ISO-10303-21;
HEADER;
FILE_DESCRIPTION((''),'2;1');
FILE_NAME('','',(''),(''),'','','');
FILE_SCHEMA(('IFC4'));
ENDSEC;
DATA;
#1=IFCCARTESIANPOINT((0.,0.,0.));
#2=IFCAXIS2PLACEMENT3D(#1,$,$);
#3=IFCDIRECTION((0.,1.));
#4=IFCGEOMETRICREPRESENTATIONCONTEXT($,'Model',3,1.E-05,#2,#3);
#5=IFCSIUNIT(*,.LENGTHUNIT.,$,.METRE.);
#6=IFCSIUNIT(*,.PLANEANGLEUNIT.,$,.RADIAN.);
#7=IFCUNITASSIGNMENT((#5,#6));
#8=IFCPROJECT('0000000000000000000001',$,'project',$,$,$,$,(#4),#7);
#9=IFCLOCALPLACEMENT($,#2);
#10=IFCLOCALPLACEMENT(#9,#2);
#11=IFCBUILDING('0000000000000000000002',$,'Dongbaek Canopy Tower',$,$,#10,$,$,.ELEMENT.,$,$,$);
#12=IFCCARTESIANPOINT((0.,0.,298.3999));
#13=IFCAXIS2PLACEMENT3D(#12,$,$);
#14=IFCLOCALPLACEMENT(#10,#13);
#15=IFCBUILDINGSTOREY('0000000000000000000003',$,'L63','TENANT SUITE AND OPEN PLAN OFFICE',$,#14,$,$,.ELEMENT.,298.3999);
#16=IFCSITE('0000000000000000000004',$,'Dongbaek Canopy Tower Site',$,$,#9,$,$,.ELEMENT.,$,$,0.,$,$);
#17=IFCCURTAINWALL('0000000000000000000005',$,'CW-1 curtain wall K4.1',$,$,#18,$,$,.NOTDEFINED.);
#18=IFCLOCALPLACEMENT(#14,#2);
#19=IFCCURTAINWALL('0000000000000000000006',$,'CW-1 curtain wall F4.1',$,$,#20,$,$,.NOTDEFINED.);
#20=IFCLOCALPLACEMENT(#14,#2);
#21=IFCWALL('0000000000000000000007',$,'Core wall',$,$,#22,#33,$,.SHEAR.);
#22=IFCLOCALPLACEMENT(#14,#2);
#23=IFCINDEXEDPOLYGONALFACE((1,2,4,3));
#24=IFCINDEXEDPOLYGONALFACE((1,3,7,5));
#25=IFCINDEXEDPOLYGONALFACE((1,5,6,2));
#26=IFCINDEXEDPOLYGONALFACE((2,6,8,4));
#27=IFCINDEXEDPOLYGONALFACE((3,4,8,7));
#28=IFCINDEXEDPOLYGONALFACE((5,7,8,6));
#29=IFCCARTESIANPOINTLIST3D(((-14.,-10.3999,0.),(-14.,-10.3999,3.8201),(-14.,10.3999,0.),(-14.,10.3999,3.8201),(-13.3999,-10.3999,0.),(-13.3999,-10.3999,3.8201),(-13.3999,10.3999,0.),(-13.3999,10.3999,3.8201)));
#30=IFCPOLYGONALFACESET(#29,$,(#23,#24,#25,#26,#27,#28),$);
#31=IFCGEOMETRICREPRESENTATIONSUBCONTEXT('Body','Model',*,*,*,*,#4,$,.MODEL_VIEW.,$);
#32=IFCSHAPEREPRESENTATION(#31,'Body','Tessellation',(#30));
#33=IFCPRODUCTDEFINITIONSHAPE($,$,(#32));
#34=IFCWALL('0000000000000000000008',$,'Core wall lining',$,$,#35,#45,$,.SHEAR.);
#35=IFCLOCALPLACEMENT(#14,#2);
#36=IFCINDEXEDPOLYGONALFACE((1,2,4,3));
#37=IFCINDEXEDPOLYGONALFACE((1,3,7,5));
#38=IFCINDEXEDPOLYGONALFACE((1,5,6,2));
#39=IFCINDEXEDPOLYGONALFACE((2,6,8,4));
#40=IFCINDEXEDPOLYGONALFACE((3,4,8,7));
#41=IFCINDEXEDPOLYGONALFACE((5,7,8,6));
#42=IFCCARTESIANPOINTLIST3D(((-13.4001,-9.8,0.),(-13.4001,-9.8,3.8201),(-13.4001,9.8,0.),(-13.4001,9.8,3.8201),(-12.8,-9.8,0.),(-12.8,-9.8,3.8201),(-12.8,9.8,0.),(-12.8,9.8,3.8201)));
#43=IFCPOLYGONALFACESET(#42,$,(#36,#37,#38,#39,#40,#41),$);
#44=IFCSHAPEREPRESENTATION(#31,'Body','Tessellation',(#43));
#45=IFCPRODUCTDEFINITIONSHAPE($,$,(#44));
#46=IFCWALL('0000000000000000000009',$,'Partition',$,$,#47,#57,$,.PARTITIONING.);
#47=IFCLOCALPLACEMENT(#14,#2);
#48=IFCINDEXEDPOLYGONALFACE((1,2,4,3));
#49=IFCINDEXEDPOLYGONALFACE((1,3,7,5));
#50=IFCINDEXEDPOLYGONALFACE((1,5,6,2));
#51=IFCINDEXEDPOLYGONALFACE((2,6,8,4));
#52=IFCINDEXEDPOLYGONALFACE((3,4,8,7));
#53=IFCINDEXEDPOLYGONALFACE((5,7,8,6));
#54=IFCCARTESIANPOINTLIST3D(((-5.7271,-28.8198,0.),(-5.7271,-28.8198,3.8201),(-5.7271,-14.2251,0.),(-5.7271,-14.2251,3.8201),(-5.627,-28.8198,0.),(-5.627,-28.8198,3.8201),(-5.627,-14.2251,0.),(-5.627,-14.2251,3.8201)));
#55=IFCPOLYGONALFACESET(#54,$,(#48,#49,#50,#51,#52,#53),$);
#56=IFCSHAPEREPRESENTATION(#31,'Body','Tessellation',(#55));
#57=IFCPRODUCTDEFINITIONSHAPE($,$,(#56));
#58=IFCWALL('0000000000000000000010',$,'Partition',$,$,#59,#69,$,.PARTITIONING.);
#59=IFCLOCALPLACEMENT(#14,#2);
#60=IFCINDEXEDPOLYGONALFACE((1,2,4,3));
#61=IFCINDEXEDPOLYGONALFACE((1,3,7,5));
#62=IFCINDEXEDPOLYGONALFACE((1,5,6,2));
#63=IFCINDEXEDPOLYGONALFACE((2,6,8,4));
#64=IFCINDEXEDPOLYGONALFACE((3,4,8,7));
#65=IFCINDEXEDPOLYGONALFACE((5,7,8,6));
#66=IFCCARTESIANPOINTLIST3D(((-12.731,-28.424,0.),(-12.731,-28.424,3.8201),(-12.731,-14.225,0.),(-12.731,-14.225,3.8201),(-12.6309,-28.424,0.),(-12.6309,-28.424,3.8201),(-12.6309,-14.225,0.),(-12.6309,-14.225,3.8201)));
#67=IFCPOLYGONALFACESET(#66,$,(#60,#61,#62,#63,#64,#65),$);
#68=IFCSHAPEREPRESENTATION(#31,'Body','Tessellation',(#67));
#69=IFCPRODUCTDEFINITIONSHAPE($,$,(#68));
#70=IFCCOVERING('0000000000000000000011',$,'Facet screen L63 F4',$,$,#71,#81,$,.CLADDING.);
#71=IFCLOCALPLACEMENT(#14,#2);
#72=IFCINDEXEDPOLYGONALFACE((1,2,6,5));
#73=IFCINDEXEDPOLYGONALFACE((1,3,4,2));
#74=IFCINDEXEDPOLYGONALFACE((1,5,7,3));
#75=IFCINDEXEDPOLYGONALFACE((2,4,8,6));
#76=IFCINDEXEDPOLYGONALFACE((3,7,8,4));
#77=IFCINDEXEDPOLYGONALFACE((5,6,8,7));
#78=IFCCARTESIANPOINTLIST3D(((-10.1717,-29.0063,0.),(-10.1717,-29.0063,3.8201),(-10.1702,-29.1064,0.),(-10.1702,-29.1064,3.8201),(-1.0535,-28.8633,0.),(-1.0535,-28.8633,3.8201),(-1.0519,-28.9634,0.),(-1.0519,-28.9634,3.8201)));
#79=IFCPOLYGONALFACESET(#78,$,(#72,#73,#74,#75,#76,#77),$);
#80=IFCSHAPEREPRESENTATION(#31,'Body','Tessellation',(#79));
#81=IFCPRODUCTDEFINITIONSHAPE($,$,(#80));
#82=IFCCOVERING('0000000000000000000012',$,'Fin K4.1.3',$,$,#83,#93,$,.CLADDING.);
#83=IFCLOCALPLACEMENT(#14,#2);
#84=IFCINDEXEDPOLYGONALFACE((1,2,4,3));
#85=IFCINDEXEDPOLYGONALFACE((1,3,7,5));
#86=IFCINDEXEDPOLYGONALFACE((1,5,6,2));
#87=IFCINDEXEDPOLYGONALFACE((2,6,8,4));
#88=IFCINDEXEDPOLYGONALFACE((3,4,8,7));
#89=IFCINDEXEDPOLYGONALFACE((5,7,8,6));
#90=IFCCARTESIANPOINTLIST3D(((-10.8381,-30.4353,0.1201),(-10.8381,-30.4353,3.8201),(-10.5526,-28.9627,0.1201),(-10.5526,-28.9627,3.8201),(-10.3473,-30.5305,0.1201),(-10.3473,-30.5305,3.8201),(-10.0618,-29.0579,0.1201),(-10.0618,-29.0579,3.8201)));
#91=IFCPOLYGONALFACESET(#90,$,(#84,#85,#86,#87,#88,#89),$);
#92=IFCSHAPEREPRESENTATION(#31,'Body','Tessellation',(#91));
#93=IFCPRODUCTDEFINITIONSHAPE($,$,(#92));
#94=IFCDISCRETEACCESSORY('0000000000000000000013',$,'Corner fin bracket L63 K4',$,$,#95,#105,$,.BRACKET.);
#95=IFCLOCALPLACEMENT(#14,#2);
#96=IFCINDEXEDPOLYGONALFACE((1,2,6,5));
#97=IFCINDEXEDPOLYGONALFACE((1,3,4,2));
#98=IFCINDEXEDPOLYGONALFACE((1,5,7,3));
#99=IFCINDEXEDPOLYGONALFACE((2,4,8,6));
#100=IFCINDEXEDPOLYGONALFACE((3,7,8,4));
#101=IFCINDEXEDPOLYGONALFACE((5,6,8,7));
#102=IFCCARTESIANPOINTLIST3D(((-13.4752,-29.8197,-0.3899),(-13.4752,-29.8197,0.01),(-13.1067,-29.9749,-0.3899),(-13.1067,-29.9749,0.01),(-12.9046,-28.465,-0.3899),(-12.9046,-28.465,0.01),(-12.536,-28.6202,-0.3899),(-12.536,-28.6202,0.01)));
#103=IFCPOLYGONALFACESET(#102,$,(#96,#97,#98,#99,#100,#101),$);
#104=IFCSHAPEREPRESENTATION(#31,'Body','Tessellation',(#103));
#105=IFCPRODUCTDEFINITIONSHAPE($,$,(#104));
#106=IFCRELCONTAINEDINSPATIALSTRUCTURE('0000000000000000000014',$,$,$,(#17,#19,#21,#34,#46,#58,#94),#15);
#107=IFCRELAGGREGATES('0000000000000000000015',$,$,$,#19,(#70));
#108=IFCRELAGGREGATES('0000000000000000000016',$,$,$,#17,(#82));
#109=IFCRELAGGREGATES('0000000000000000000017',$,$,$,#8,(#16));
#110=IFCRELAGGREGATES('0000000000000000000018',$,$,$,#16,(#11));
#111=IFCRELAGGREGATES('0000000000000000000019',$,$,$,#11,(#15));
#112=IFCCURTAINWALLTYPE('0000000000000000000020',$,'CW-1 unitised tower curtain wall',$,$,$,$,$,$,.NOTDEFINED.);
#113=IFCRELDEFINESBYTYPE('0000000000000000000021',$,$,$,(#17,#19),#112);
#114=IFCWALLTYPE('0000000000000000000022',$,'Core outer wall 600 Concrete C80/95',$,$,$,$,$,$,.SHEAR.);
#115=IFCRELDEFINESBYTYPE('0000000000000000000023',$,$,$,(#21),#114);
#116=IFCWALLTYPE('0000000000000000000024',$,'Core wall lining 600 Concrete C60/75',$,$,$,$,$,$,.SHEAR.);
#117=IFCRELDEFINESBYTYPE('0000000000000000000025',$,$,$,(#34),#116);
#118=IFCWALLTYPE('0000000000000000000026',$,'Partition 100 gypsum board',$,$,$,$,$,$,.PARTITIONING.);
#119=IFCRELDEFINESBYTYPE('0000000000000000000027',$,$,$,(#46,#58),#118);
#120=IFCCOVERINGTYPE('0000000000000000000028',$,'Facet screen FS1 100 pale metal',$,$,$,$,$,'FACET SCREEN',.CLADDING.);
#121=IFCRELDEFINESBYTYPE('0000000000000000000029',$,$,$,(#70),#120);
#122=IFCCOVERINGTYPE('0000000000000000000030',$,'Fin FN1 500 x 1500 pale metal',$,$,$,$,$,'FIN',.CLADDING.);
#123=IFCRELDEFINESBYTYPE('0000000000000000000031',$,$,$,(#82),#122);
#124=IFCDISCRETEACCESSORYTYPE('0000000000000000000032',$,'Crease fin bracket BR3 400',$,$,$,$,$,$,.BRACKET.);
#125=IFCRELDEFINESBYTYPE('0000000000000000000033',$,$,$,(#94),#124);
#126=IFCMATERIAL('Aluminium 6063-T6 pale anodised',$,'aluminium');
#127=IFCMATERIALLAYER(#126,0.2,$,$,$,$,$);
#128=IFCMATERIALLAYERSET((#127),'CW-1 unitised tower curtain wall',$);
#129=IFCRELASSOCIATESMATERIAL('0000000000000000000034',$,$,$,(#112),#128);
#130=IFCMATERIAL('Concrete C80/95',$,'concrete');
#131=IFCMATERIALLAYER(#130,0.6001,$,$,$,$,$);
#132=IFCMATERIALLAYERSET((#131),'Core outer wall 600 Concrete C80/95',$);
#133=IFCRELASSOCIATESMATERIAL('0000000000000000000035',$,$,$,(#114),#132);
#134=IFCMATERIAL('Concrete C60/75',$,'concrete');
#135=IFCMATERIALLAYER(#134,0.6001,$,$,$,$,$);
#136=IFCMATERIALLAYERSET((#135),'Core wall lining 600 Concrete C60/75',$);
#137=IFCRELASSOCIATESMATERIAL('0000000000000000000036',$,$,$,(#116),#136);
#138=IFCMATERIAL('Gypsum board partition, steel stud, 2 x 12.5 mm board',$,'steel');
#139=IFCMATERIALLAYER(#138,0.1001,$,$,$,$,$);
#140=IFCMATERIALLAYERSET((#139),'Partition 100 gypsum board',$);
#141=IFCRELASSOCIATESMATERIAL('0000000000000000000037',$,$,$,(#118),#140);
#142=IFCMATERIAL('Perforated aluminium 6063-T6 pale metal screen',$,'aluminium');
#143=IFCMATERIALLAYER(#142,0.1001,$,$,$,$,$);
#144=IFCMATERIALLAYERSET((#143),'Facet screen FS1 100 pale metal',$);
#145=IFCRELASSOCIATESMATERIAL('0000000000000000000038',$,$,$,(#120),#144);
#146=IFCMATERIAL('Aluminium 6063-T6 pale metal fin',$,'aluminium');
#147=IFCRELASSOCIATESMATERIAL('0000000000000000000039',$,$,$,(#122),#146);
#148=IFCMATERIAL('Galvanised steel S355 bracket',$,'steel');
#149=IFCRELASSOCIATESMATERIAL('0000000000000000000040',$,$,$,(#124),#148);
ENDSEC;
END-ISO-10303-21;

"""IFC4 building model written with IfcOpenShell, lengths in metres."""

from ifc_helpers import new_model, si_unit, direction, frame, frame_2d, origin, origin_2d, place, context, subcontext, project, spatial, rectangle, extrude, material, layer, layer_set, material_profile, profile_set, type_object, element, aggregate, save


model = new_model("IFC4")

# Units and contexts
model_context = context("Model", 3, precision=1e-05, world=origin(), true_north=direction((0.0, 1.0)))
body_context = subcontext(model_context, "Body", "Model", "MODEL_VIEW")
ifc_project = project(units=[si_unit("LENGTHUNIT", "METRE"), si_unit("PLANEANGLEUNIT", "RADIAN")], contexts=[model_context])

# Site, building, storey
site_placement = place(None, origin())
site = spatial("IfcSite", under=ifc_project, at=site_placement, Name="Dongbaek Canopy Tower Site", CompositionType="ELEMENT", RefElevation=0.0)
building_placement = place(site_placement, origin())
building = spatial("IfcBuilding", under=site, at=building_placement, Name="Dongbaek Canopy Tower", CompositionType="ELEMENT")
storey_placement = place(building_placement, frame((0.0, 0.0, 298.3999)))
storey = spatial("IfcBuildingStorey", under=building, at=storey_placement, Name="L63", Description="TENANT SUITE AND OPEN PLAN OFFICE", CompositionType="ELEMENT", Elevation=298.3999)

# Shared definitions
ifc_material_1 = material(Name="Aluminium 6063-T6 pale anodised", Category="aluminium")
ifc_layer_1 = layer(ifc_material_1, 0.2)
ifc_layer_set_1 = layer_set([ifc_layer_1], Name="CW-1 unitised tower curtain wall")
curtain_wall_type = type_object("IfcCurtainWallType", Name="CW-1 unitised tower curtain wall", PredefinedType="NOTDEFINED", material=ifc_layer_set_1)

# Curtain walls
curtain_wall_1_placement = place(storey_placement, origin())
curtain_wall_1 = element("IfcCurtainWall", 1, at=curtain_wall_1_placement, inside=storey, type_object=curtain_wall_type, Name="CW-1 curtain wall K4.1", PredefinedType="NOTDEFINED")
curtain_wall_2_placement = place(storey_placement, origin())
curtain_wall_2 = element("IfcCurtainWall", 2, at=curtain_wall_2_placement, inside=storey, type_object=curtain_wall_type, Name="CW-1 curtain wall F4.1", PredefinedType="NOTDEFINED")

# Walls
ifc_material_2 = material(Name="Concrete C80/95", Category="concrete")
ifc_layer_2 = layer(ifc_material_2, 0.6001)
ifc_layer_set_2 = layer_set([ifc_layer_2], Name="Core outer wall 600 Concrete C80/95")
wall_type_1 = type_object("IfcWallType", Name="Core outer wall 600 Concrete C80/95", PredefinedType="SHEAR", material=ifc_layer_set_2)
wall_1_placement = place(storey_placement, frame((-13.7, -10.3999, 0.0), z_axis=(0.0, 0.0, 1.0), x_axis=(0.0, 1.0, 0.0)))
element("IfcWall", 3, at=wall_1_placement, inside=storey, type_object=wall_type_1, Name="Core wall", PredefinedType="SHEAR", context=body_context, shape_type="SweptSolid", body=[
    extrude(rectangle(XDim=20.7998, YDim=0.6001, at=frame_2d((10.3999, 0.0))), origin(), (0.0, 0.0, 1.0), 3.8201),
])
ifc_material_3 = material(Name="Concrete C60/75", Category="concrete")
ifc_layer_3 = layer(ifc_material_3, 0.6001)
ifc_layer_set_3 = layer_set([ifc_layer_3], Name="Core wall lining 600 Concrete C60/75")
wall_type_2 = type_object("IfcWallType", Name="Core wall lining 600 Concrete C60/75", PredefinedType="SHEAR", material=ifc_layer_set_3)
wall_2_placement = place(storey_placement, frame((-13.1001, -9.8, 0.0), z_axis=(0.0, 0.0, 1.0), x_axis=(0.0, 1.0, 0.0)))
element("IfcWall", 4, at=wall_2_placement, inside=storey, type_object=wall_type_2, Name="Core wall lining", PredefinedType="SHEAR", context=body_context, shape_type="SweptSolid", body=[
    extrude(rectangle(XDim=19.6001, YDim=0.6001, at=frame_2d((9.8, 0.0))), origin(), (0.0, 0.0, 1.0), 3.8201),
])
ifc_material_4 = material(Name="Gypsum board partition, steel stud, 2 x 12.5 mm board", Category="steel")
ifc_layer_4 = layer(ifc_material_4, 0.1001)
ifc_layer_set_4 = layer_set([ifc_layer_4], Name="Partition 100 gypsum board")
wall_type_3 = type_object("IfcWallType", Name="Partition 100 gypsum board", PredefinedType="PARTITIONING", material=ifc_layer_set_4)
wall_3_placement = place(storey_placement, frame((-5.677, -28.8198, 0.0), z_axis=(0.0, 0.0, 1.0), x_axis=(0.0, 1.0, 0.0)))
element("IfcWall", 5, at=wall_3_placement, inside=storey, type_object=wall_type_3, Name="Partition", PredefinedType="PARTITIONING", context=body_context, shape_type="SweptSolid", body=[
    extrude(rectangle(XDim=14.5947, YDim=0.1001, at=frame_2d((7.2974, 0.0))), origin(), (0.0, 0.0, 1.0), 3.8201),
])
wall_4_placement = place(storey_placement, frame((-12.6809, -28.4241, 0.0), z_axis=(0.0, 0.0, 1.0), x_axis=(0.0, 1.0, 0.0)))
element("IfcWall", 6, at=wall_4_placement, inside=storey, type_object=wall_type_3, Name="Partition", PredefinedType="PARTITIONING", context=body_context, shape_type="SweptSolid", body=[
    extrude(rectangle(XDim=14.199, YDim=0.1001, at=frame_2d((7.0996, 0.0))), origin(), (0.0, 0.0, 1.0), 3.8201),
])

# Coverings
ifc_material_5 = material(Name="Perforated aluminium 6063-T6 pale metal screen", Category="aluminium")
ifc_layer_5 = layer(ifc_material_5, 0.1001)
ifc_layer_set_5 = layer_set([ifc_layer_5], Name="Facet screen FS1 100 pale metal")
covering_type_1 = type_object("IfcCoveringType", Name="Facet screen FS1 100 pale metal", ElementType="FACET SCREEN", PredefinedType="CLADDING", material=ifc_layer_set_5)
covering_1_placement = place(storey_placement, frame((-5.6118, -28.9849, 0.0), z_axis=(0.0, 0.0, 1.0), x_axis=(0.999877, 0.015685, 0.0)))
covering_1 = element("IfcCovering", 7, at=covering_1_placement, type_object=covering_type_1, Name="Facet screen L63 F4", PredefinedType="CLADDING", context=body_context, shape_type="SweptSolid", body=[
    extrude(rectangle(XDim=9.1194, YDim=0.1001, at=origin_2d()), origin(), (0.0, 0.0, 1.0), 3.8201),
])
aggregate(curtain_wall_2, [covering_1])
ifc_material_6 = material(Name="Aluminium 6063-T6 pale metal fin", Category="aluminium")
ifc_material_profile_1 = material_profile(ifc_material_6, rectangle(XDim=1.5, YDim=0.5, at=origin_2d()), Name="Fin FN1 500 x 1500 pale metal")
ifc_profile_set_1 = profile_set([ifc_material_profile_1], Name="Aluminium 6063-T6 pale metal fin")
covering_type_2 = type_object("IfcCoveringType", Name="Fin FN1 500 x 1500 pale metal", ElementType="FIN", PredefinedType="CLADDING", material=ifc_profile_set_1)
covering_2_placement = place(storey_placement, frame((-10.45, -29.7466, 0.1201), z_axis=(0.0, 0.0, 1.0), x_axis=(-0.190319, -0.981722, 0.0)))
covering_2 = element("IfcCovering", 8, at=covering_2_placement, type_object=covering_type_2, Name="Fin K4.1.3", PredefinedType="CLADDING", context=body_context, shape_type="SweptSolid", body=[
    extrude(rectangle(XDim=1.5, YDim=0.5, at=origin_2d()), origin(), (0.0, 0.0, 1.0), 3.7),
])
aggregate(curtain_wall_1, [covering_2])

# Discrete accessory
ifc_material_7 = material(Name="Galvanised steel S355 bracket", Category="steel")
discrete_accessory_type = type_object("IfcDiscreteAccessoryType", Name="Crease fin bracket BR3 400", PredefinedType="BRACKET", material=ifc_material_7)
discrete_accessory_placement = place(storey_placement, frame((-13.0056, -29.22, -0.3899), z_axis=(0.0, 0.0, 1.0), x_axis=(-0.388183, -0.921582, 0.0)))
element("IfcDiscreteAccessory", 9, at=discrete_accessory_placement, inside=storey, type_object=discrete_accessory_type, Name="Corner fin bracket L63 K4", PredefinedType="BRACKET", context=body_context, shape_type="SweptSolid", body=[
    extrude(rectangle(XDim=1.47, YDim=0.3999, at=origin_2d()), origin(), (0.0, 0.0, 1.0), 0.3999),
])

save(model, "model.ifc")
